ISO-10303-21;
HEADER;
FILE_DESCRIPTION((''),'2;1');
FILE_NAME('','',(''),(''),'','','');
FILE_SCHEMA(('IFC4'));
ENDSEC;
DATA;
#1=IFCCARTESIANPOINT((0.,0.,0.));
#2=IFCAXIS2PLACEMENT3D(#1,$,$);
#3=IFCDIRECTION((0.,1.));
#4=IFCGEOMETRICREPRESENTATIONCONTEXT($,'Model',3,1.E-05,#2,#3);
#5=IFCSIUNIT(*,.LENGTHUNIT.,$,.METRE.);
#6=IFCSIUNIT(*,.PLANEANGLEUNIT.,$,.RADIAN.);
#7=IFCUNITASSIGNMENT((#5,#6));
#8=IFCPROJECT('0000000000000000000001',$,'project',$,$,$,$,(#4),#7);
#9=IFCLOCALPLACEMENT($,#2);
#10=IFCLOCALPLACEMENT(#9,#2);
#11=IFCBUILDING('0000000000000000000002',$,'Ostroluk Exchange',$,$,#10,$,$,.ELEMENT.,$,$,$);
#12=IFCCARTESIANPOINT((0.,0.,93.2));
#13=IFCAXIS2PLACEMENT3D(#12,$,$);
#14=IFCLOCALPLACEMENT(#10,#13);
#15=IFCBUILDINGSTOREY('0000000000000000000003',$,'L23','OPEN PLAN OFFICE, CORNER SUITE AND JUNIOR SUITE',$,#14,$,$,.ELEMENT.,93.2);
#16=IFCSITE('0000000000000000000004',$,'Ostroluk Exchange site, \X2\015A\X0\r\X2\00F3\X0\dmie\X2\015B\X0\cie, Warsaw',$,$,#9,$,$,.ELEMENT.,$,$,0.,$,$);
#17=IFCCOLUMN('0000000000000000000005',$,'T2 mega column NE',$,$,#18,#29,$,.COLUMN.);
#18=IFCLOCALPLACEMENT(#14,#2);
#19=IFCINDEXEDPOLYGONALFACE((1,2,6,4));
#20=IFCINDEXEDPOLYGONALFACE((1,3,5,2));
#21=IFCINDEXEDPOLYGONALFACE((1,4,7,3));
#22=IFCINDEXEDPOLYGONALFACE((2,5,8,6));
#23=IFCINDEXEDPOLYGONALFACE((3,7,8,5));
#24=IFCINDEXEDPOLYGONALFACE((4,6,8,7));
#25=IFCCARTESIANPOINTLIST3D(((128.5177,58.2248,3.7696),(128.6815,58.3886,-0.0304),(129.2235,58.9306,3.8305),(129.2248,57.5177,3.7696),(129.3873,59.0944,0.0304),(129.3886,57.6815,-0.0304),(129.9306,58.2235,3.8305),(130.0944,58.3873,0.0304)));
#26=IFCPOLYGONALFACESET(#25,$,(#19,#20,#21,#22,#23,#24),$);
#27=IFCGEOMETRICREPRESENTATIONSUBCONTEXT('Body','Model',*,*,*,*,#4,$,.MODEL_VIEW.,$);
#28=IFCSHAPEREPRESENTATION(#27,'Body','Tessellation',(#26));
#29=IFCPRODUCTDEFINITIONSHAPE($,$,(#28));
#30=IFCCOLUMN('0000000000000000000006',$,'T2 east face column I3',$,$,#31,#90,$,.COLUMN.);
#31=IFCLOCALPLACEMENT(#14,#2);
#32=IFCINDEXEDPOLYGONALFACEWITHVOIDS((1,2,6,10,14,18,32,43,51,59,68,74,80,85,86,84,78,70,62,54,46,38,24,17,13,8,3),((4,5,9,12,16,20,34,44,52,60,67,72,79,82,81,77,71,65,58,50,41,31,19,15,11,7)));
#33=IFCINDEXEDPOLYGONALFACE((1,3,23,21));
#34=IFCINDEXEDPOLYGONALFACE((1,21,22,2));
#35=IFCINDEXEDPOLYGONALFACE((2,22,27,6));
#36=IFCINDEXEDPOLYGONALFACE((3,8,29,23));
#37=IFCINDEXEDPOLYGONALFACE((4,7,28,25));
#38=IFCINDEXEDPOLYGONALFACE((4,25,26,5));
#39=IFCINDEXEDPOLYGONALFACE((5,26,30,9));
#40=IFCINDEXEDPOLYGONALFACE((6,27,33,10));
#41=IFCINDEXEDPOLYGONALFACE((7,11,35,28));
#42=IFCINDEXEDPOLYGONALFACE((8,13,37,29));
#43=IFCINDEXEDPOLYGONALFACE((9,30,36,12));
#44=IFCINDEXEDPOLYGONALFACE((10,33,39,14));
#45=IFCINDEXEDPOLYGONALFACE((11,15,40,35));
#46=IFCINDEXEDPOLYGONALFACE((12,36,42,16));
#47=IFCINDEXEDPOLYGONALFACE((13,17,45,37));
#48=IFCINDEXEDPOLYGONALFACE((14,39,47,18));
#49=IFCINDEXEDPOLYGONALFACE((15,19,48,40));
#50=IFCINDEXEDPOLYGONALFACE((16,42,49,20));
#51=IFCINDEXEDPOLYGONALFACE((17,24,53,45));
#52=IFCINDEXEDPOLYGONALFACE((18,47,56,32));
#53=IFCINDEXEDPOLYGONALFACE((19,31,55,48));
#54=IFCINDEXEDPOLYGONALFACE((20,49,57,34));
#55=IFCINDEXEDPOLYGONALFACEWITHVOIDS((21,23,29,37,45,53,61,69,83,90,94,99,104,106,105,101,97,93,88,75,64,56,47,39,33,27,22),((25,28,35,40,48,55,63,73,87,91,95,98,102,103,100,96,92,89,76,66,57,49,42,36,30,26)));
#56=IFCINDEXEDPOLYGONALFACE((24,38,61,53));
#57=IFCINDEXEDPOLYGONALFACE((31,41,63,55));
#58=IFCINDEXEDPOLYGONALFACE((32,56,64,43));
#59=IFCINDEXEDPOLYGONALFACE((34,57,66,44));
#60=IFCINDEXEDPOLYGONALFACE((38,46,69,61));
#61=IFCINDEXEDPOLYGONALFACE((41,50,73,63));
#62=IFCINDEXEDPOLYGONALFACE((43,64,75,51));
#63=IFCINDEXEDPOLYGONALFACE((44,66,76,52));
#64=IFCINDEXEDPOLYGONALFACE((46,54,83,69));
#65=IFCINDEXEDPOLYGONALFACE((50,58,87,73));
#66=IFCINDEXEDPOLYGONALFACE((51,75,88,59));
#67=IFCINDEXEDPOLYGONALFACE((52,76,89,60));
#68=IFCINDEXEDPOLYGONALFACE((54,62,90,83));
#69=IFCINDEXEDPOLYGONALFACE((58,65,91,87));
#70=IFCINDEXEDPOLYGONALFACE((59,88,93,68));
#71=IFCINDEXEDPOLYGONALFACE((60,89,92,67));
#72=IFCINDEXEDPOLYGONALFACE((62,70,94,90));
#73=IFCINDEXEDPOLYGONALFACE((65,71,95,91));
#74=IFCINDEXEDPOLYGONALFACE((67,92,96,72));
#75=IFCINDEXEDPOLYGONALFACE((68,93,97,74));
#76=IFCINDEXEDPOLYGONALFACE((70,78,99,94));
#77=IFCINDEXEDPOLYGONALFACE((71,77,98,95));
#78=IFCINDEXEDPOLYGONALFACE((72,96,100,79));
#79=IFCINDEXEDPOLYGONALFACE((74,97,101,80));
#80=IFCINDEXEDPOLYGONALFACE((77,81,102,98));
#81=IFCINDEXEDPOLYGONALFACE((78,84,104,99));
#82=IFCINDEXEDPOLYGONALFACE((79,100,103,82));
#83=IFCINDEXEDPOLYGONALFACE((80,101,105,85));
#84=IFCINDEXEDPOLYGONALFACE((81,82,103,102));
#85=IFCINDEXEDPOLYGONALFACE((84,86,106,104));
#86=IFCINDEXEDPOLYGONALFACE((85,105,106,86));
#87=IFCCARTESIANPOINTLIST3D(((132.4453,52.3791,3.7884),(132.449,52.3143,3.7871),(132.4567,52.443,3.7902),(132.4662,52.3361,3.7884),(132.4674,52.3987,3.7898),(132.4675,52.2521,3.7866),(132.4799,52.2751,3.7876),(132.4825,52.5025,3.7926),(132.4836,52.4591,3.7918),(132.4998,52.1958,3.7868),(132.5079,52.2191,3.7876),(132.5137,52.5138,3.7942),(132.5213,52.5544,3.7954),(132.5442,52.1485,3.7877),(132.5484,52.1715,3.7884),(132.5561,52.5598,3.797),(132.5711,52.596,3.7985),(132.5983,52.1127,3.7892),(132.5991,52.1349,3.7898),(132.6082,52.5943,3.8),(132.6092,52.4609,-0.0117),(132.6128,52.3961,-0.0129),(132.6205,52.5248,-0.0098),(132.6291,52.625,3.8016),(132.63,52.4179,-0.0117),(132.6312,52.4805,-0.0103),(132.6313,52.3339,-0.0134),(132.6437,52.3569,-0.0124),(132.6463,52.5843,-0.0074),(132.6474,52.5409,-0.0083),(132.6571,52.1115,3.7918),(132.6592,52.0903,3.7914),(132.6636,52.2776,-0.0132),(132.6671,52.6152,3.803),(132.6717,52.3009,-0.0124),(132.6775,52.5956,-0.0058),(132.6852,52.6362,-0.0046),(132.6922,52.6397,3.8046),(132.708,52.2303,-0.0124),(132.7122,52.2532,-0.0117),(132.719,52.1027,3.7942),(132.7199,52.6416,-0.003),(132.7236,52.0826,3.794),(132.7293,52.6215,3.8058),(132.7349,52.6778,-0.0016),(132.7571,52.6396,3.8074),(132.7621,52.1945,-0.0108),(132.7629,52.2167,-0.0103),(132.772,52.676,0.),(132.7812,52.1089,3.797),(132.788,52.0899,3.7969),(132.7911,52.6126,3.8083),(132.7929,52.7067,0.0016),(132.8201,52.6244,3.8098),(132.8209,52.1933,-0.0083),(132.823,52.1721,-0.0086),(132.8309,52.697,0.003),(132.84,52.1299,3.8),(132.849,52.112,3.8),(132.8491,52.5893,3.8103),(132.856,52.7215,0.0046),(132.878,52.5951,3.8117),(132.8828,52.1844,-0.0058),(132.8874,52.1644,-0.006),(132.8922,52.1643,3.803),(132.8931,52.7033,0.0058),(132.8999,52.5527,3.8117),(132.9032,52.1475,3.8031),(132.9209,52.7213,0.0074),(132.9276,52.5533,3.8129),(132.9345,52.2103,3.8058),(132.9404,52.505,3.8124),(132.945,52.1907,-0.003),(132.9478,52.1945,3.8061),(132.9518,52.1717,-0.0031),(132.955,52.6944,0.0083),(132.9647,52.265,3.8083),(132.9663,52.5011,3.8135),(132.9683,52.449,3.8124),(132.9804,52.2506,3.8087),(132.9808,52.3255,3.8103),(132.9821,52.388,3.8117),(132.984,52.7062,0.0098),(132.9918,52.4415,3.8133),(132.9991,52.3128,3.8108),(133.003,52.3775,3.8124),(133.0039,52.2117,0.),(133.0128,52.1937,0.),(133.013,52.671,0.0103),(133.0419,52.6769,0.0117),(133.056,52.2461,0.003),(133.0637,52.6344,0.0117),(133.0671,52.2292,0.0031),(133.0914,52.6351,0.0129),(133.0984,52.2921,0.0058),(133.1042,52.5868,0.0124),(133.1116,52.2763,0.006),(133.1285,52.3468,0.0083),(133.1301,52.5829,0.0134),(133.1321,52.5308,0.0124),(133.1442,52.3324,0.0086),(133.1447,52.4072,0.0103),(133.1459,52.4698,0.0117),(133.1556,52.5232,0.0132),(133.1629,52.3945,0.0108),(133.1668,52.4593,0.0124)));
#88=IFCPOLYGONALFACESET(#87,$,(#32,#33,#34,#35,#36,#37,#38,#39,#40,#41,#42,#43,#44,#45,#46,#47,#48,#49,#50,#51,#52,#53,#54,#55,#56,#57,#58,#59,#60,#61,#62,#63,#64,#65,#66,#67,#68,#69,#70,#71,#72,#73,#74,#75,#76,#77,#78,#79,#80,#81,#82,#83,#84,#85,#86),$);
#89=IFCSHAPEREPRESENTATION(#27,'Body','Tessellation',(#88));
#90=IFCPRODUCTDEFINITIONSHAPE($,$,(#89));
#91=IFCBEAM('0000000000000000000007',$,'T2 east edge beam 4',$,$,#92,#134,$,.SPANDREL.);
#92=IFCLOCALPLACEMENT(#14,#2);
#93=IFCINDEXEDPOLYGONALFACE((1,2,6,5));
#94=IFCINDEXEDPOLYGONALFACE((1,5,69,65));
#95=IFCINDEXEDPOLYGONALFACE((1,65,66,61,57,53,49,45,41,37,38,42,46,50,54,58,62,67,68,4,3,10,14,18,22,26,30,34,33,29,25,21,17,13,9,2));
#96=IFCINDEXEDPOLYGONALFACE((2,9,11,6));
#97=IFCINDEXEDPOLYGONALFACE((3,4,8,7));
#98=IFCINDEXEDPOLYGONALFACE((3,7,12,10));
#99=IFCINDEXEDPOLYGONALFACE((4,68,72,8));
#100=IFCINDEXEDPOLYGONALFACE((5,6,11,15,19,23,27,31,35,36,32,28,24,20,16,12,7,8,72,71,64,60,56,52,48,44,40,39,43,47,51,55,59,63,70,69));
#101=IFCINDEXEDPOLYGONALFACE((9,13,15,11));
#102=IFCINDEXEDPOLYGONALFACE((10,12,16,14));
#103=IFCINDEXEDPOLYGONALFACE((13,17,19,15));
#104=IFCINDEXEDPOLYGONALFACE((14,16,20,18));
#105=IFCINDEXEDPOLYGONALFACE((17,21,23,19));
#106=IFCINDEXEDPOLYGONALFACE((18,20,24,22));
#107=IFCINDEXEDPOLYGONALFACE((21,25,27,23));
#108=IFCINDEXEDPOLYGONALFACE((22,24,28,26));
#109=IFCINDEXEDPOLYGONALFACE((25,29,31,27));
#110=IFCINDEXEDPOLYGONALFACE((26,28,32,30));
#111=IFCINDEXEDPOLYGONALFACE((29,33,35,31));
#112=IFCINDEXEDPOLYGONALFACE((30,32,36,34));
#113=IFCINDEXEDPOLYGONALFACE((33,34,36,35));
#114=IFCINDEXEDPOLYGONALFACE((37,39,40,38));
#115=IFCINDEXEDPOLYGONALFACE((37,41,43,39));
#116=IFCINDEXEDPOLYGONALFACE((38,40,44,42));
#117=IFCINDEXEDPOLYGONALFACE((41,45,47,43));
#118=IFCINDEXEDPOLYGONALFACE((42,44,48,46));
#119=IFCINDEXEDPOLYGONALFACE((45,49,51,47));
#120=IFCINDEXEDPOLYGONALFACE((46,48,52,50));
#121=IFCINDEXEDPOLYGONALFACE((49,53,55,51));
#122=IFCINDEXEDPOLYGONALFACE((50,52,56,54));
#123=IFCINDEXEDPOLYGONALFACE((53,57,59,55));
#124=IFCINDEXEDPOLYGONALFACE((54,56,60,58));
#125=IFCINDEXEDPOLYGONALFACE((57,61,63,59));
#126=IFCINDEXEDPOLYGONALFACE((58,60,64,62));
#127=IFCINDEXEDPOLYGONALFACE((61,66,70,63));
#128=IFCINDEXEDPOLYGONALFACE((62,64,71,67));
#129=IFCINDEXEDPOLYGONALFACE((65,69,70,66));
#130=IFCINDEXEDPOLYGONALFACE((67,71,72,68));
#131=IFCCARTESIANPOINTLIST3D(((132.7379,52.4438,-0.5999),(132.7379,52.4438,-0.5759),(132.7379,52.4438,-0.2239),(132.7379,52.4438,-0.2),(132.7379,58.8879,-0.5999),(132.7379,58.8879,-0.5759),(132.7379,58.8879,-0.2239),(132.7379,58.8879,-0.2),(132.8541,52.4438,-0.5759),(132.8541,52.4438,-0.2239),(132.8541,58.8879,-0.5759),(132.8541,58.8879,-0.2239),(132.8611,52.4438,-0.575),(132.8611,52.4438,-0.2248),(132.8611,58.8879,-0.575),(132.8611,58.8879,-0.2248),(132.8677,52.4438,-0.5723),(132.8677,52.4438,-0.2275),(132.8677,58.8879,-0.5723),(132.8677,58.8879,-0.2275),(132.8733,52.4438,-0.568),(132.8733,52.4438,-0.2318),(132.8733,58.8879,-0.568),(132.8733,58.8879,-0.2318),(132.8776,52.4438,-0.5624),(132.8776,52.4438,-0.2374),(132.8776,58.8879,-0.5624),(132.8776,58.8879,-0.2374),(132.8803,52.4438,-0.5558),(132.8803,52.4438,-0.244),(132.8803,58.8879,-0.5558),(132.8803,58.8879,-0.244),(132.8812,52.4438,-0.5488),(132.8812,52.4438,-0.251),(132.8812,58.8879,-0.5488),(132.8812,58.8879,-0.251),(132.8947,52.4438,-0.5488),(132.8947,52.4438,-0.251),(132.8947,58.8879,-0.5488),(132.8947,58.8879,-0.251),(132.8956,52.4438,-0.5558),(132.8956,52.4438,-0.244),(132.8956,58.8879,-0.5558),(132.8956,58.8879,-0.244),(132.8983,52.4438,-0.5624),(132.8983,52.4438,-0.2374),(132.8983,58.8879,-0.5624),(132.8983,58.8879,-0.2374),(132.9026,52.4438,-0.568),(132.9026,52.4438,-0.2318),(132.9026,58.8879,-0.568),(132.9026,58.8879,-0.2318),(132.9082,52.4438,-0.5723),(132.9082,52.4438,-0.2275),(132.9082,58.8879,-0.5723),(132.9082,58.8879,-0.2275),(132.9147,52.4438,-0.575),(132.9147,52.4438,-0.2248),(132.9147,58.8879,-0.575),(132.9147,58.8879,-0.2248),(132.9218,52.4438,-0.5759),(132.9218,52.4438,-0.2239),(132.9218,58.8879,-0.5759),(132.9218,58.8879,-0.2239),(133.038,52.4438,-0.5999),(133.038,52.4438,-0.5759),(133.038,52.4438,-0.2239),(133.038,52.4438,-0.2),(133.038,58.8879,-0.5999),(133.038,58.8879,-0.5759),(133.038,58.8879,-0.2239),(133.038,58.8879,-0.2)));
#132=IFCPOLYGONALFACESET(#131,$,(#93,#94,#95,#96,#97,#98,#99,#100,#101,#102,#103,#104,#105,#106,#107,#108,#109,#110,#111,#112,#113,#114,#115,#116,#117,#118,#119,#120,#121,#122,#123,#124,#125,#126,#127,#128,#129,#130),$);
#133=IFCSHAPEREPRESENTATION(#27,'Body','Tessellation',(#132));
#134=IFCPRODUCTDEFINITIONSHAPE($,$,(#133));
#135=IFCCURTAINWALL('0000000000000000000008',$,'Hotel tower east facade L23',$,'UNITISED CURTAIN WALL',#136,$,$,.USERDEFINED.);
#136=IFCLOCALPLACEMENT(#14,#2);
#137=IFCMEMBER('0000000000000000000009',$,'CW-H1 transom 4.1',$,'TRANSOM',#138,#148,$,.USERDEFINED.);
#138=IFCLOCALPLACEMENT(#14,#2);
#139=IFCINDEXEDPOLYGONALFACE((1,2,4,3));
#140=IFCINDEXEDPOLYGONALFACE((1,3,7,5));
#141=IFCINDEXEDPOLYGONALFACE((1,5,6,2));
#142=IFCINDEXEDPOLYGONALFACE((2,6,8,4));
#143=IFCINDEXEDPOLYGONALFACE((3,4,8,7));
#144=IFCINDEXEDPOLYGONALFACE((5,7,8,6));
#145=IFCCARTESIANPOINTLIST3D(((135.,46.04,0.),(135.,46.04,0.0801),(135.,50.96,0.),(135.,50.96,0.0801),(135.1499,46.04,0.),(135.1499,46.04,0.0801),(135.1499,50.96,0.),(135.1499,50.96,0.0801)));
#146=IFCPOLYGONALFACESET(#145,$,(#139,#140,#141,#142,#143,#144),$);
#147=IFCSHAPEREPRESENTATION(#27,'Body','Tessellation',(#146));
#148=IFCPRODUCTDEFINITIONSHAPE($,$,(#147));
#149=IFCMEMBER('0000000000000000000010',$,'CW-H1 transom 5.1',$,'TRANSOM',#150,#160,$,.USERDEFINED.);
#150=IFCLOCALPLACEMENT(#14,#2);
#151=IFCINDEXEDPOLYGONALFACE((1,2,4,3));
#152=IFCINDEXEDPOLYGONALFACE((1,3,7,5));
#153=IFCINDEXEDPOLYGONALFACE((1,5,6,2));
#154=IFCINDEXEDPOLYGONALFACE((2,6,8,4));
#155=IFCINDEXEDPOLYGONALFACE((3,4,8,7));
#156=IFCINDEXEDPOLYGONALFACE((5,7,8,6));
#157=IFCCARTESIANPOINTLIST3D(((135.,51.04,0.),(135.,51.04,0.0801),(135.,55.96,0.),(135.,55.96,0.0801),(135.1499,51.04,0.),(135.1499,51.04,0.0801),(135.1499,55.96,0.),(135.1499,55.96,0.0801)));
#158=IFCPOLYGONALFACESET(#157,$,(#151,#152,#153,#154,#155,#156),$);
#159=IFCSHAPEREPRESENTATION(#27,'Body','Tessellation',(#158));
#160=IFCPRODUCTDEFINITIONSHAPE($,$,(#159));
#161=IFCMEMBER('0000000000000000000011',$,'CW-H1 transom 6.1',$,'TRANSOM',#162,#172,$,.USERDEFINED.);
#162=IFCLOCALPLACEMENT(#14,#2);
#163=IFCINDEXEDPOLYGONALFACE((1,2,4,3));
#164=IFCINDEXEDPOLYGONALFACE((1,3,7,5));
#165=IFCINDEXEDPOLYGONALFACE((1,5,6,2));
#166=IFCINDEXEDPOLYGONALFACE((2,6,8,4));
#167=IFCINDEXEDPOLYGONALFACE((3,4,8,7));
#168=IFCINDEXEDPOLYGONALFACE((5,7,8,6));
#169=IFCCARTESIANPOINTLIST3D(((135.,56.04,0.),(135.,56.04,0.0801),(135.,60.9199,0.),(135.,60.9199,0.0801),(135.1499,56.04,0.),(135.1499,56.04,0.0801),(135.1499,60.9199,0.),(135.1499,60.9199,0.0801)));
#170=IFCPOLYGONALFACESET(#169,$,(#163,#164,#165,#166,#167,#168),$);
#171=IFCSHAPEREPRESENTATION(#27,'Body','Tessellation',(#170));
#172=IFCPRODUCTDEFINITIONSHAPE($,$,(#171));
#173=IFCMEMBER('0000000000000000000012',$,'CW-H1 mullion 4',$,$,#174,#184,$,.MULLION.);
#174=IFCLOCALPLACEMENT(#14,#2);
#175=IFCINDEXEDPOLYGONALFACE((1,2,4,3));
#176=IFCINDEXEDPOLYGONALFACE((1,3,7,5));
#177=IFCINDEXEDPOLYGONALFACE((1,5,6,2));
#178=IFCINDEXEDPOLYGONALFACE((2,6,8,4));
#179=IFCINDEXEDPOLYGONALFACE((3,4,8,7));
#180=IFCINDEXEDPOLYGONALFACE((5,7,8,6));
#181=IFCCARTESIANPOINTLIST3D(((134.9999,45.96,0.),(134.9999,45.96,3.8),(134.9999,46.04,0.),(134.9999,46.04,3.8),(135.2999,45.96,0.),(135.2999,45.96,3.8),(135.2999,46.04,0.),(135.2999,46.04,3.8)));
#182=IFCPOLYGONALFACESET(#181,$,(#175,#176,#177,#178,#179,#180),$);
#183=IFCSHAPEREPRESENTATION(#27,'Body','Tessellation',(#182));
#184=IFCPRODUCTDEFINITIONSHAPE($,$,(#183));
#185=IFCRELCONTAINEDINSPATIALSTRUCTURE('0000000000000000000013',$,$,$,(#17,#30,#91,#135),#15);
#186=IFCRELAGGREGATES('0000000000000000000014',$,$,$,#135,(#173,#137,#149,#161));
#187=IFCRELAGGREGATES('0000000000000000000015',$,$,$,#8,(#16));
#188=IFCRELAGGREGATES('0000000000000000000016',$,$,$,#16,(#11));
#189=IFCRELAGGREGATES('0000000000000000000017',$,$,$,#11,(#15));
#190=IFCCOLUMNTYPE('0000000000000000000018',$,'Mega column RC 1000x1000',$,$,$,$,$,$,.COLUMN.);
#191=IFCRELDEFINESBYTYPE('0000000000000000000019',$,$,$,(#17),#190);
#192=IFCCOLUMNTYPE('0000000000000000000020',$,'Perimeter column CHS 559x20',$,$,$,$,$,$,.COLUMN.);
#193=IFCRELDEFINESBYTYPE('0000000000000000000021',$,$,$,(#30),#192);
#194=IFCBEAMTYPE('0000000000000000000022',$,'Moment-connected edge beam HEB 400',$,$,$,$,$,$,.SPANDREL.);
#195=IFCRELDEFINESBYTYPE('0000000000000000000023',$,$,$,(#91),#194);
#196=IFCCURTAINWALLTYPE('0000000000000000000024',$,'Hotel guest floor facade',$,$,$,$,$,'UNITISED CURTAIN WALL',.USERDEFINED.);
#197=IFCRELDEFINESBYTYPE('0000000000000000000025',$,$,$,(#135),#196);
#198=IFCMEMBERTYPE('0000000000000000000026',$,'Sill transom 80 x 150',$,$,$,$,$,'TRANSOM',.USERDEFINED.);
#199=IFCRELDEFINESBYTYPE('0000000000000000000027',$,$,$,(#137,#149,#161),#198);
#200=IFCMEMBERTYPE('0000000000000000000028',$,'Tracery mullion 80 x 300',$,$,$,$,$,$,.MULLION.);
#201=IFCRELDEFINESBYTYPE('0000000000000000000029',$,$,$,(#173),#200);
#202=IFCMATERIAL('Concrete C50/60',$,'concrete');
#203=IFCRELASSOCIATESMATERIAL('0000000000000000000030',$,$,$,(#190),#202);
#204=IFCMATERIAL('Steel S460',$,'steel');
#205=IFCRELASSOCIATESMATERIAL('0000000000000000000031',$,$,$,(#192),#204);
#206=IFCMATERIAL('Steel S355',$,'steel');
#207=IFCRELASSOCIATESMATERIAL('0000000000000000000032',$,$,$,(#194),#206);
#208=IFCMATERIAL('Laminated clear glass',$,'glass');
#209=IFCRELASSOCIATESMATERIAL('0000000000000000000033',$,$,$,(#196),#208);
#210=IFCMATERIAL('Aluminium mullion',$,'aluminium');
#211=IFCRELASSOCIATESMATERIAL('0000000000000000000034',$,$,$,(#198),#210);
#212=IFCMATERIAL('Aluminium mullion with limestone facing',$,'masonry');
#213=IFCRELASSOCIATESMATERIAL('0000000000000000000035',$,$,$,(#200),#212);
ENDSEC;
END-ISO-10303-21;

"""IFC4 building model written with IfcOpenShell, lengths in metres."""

from ifc_helpers import new_model, si_unit, direction, frame, origin, origin_2d, place, context, subcontext, project, spatial, rectangle, hollow_circle, i_section, extrude, material, material_profile, profile_set, type_object, element, aggregate, save


model = new_model("IFC4")

# Units and contexts
model_context = context("Model", 3, precision=1e-05, world=origin(), true_north=direction((0.0, 1.0)))
body_context = subcontext(model_context, "Body", "Model", "MODEL_VIEW")
ifc_project = project(units=[si_unit("LENGTHUNIT", "METRE"), si_unit("PLANEANGLEUNIT", "RADIAN")], contexts=[model_context])

# Site, building, storey
site_placement = place(None, origin())
site = spatial("IfcSite", under=ifc_project, at=site_placement, Name="Ostroluk Exchange site, Śródmieście, Warsaw", CompositionType="ELEMENT", RefElevation=0.0)
building_placement = place(site_placement, origin())
building = spatial("IfcBuilding", under=site, at=building_placement, Name="Ostroluk Exchange", CompositionType="ELEMENT")
storey_placement = place(building_placement, frame((0.0, 0.0, 93.2)))
storey = spatial("IfcBuildingStorey", under=building, at=storey_placement, Name="L23", Description="OPEN PLAN OFFICE, CORNER SUITE AND JUNIOR SUITE", CompositionType="ELEMENT", Elevation=93.2)

# Columns
ifc_material_1 = material(Name="Concrete C50/60", Category="concrete")
ifc_material_profile_1 = material_profile(ifc_material_1, rectangle(XDim=1.0, YDim=1.0, at=origin_2d()), Name="RC 1000x1000")
ifc_profile_set_1 = profile_set([ifc_material_profile_1], Name="Concrete C50/60")
column_type_1 = type_object("IfcColumnType", Name="Mega column RC 1000x1000", PredefinedType="COLUMN", material=ifc_profile_set_1)
column_1_placement = place(storey_placement, frame((129.3879, 58.3879, 0.0), z_axis=(-0.04303, -0.04303, 0.998147), x_axis=(0.707107, -0.707107, 0.0)))
element("IfcColumn", 1, at=column_1_placement, inside=storey, type_object=column_type_1, Name="T2 mega column NE", PredefinedType="COLUMN", context=body_context, shape_type="SweptSolid", body=[
    extrude(rectangle(XDim=1.0, YDim=1.0, at=origin_2d()), origin(), (0.0, 0.0, 1.0), 3.8071),
])
ifc_material_2 = material(Name="Steel S460", Category="steel")
ifc_material_profile_2 = material_profile(ifc_material_2, hollow_circle(Radius=0.2795, WallThickness=0.02, at=origin_2d()), Name="CHS 559x20")
ifc_profile_set_2 = profile_set([ifc_material_profile_2], Name="Steel S460")
column_type_2 = type_object("IfcColumnType", Name="Perimeter column CHS 559x20", PredefinedType="COLUMN", material=ifc_profile_set_2)
column_2_placement = place(storey_placement, frame((132.8879, 52.4438, 0.0), z_axis=(-0.04306, -0.021498, 0.998841), x_axis=(0.44668, -0.894694, 0.0)))
element("IfcColumn", 2, at=column_2_placement, inside=storey, type_object=column_type_2, Name="T2 east face column I3", PredefinedType="COLUMN", context=body_context, shape_type="SweptSolid", body=[
    extrude(hollow_circle(Radius=0.2795, WallThickness=0.02, at=origin_2d()), origin(), (0.0, 0.0, 1.0), 3.8044),
])

# Beam
ifc_material_3 = material(Name="Steel S355", Category="steel")
ifc_material_profile_3 = material_profile(ifc_material_3, i_section(OverallWidth=0.3, OverallDepth=0.3999, WebThickness=0.0134, FlangeThickness=0.0239, FilletRadius=0.0271, at=origin_2d()), Name="HEB 400")
ifc_profile_set_3 = profile_set([ifc_material_profile_3], Name="Steel S355")
beam_type = type_object("IfcBeamType", Name="Moment-connected edge beam HEB 400", PredefinedType="SPANDREL", material=ifc_profile_set_3)
beam_placement = place(storey_placement, frame((132.8879, 52.4438, -0.3999), z_axis=(0.0, 1.0, 0.0), x_axis=(-1.0, 0.0, 0.0)))
element("IfcBeam", 3, at=beam_placement, inside=storey, type_object=beam_type, Name="T2 east edge beam 4", PredefinedType="SPANDREL", context=body_context, shape_type="SweptSolid", body=[
    extrude(i_section(OverallWidth=0.3, OverallDepth=0.3999, WebThickness=0.0134, FlangeThickness=0.0239, FilletRadius=0.0271, at=origin_2d()), origin(), (0.0, 0.0, 1.0), 6.4441),
])

# Curtain wall, members
ifc_material_4 = material(Name="Laminated clear glass", Category="glass")
curtain_wall_type = type_object("IfcCurtainWallType", Name="Hotel guest floor facade", ElementType="UNITISED CURTAIN WALL", PredefinedType="USERDEFINED", material=ifc_material_4)
curtain_wall_placement = place(storey_placement, origin())
curtain_wall = element("IfcCurtainWall", 4, at=curtain_wall_placement, inside=storey, type_object=curtain_wall_type, Name="Hotel tower east facade L23", ObjectType="UNITISED CURTAIN WALL", PredefinedType="USERDEFINED")
ifc_material_5 = material(Name="Aluminium mullion", Category="aluminium")
ifc_material_profile_4 = material_profile(ifc_material_5, rectangle(XDim=0.1499, YDim=0.0801, at=origin_2d()), Name="Sill transom 80 x 150")
ifc_profile_set_4 = profile_set([ifc_material_profile_4], Name="Aluminium mullion")
member_type_1 = type_object("IfcMemberType", Name="Sill transom 80 x 150", ElementType="TRANSOM", PredefinedType="USERDEFINED", material=ifc_profile_set_4)
member_1_placement = place(storey_placement, frame((135.075, 46.04, 0.04), z_axis=(0.0, 1.0, 0.0), x_axis=(-1.0, 0.0, 0.0)))
member_1 = element("IfcMember", 5, at=member_1_placement, type_object=member_type_1, Name="CW-H1 transom 4.1", ObjectType="TRANSOM", PredefinedType="USERDEFINED", context=body_context, shape_type="SweptSolid", body=[
    extrude(rectangle(XDim=0.1499, YDim=0.0801, at=origin_2d()), origin(), (0.0, 0.0, 1.0), 4.9199),
])
member_2_placement = place(storey_placement, frame((135.075, 51.04, 0.04), z_axis=(0.0, 1.0, 0.0), x_axis=(-1.0, 0.0, 0.0)))
member_2 = element("IfcMember", 6, at=member_2_placement, type_object=member_type_1, Name="CW-H1 transom 5.1", ObjectType="TRANSOM", PredefinedType="USERDEFINED", context=body_context, shape_type="SweptSolid", body=[
    extrude(rectangle(XDim=0.1499, YDim=0.0801, at=origin_2d()), origin(), (0.0, 0.0, 1.0), 4.9199),
])
member_3_placement = place(storey_placement, frame((135.075, 56.04, 0.04), z_axis=(0.0, 1.0, 0.0), x_axis=(-1.0, 0.0, 0.0)))
member_3 = element("IfcMember", 7, at=member_3_placement, type_object=member_type_1, Name="CW-H1 transom 6.1", ObjectType="TRANSOM", PredefinedType="USERDEFINED", context=body_context, shape_type="SweptSolid", body=[
    extrude(rectangle(XDim=0.1499, YDim=0.0801, at=origin_2d()), origin(), (0.0, 0.0, 1.0), 4.8799),
])
ifc_material_6 = material(Name="Aluminium mullion with limestone facing", Category="masonry")
ifc_material_profile_5 = material_profile(ifc_material_6, rectangle(XDim=0.3, YDim=0.0801, at=origin_2d()), Name="Tracery mullion 80 x 300")
ifc_profile_set_5 = profile_set([ifc_material_profile_5], Name="Aluminium mullion with limestone facing")
member_type_2 = type_object("IfcMemberType", Name="Tracery mullion 80 x 300", PredefinedType="MULLION", material=ifc_profile_set_5)
member_4_placement = place(storey_placement, frame((135.1499, 46.0, 0.0), z_axis=(0.0, 0.0, 1.0), x_axis=(-1.0, 0.0, 0.0)))
member_4 = element("IfcMember", 8, at=member_4_placement, type_object=member_type_2, Name="CW-H1 mullion 4", PredefinedType="MULLION", context=body_context, shape_type="SweptSolid", body=[
    extrude(rectangle(XDim=0.3, YDim=0.0801, at=origin_2d()), origin(), (0.0, 0.0, 1.0), 3.8),
])
aggregate(curtain_wall, [member_4, member_1, member_2, member_3])

save(model, "model.ifc")
